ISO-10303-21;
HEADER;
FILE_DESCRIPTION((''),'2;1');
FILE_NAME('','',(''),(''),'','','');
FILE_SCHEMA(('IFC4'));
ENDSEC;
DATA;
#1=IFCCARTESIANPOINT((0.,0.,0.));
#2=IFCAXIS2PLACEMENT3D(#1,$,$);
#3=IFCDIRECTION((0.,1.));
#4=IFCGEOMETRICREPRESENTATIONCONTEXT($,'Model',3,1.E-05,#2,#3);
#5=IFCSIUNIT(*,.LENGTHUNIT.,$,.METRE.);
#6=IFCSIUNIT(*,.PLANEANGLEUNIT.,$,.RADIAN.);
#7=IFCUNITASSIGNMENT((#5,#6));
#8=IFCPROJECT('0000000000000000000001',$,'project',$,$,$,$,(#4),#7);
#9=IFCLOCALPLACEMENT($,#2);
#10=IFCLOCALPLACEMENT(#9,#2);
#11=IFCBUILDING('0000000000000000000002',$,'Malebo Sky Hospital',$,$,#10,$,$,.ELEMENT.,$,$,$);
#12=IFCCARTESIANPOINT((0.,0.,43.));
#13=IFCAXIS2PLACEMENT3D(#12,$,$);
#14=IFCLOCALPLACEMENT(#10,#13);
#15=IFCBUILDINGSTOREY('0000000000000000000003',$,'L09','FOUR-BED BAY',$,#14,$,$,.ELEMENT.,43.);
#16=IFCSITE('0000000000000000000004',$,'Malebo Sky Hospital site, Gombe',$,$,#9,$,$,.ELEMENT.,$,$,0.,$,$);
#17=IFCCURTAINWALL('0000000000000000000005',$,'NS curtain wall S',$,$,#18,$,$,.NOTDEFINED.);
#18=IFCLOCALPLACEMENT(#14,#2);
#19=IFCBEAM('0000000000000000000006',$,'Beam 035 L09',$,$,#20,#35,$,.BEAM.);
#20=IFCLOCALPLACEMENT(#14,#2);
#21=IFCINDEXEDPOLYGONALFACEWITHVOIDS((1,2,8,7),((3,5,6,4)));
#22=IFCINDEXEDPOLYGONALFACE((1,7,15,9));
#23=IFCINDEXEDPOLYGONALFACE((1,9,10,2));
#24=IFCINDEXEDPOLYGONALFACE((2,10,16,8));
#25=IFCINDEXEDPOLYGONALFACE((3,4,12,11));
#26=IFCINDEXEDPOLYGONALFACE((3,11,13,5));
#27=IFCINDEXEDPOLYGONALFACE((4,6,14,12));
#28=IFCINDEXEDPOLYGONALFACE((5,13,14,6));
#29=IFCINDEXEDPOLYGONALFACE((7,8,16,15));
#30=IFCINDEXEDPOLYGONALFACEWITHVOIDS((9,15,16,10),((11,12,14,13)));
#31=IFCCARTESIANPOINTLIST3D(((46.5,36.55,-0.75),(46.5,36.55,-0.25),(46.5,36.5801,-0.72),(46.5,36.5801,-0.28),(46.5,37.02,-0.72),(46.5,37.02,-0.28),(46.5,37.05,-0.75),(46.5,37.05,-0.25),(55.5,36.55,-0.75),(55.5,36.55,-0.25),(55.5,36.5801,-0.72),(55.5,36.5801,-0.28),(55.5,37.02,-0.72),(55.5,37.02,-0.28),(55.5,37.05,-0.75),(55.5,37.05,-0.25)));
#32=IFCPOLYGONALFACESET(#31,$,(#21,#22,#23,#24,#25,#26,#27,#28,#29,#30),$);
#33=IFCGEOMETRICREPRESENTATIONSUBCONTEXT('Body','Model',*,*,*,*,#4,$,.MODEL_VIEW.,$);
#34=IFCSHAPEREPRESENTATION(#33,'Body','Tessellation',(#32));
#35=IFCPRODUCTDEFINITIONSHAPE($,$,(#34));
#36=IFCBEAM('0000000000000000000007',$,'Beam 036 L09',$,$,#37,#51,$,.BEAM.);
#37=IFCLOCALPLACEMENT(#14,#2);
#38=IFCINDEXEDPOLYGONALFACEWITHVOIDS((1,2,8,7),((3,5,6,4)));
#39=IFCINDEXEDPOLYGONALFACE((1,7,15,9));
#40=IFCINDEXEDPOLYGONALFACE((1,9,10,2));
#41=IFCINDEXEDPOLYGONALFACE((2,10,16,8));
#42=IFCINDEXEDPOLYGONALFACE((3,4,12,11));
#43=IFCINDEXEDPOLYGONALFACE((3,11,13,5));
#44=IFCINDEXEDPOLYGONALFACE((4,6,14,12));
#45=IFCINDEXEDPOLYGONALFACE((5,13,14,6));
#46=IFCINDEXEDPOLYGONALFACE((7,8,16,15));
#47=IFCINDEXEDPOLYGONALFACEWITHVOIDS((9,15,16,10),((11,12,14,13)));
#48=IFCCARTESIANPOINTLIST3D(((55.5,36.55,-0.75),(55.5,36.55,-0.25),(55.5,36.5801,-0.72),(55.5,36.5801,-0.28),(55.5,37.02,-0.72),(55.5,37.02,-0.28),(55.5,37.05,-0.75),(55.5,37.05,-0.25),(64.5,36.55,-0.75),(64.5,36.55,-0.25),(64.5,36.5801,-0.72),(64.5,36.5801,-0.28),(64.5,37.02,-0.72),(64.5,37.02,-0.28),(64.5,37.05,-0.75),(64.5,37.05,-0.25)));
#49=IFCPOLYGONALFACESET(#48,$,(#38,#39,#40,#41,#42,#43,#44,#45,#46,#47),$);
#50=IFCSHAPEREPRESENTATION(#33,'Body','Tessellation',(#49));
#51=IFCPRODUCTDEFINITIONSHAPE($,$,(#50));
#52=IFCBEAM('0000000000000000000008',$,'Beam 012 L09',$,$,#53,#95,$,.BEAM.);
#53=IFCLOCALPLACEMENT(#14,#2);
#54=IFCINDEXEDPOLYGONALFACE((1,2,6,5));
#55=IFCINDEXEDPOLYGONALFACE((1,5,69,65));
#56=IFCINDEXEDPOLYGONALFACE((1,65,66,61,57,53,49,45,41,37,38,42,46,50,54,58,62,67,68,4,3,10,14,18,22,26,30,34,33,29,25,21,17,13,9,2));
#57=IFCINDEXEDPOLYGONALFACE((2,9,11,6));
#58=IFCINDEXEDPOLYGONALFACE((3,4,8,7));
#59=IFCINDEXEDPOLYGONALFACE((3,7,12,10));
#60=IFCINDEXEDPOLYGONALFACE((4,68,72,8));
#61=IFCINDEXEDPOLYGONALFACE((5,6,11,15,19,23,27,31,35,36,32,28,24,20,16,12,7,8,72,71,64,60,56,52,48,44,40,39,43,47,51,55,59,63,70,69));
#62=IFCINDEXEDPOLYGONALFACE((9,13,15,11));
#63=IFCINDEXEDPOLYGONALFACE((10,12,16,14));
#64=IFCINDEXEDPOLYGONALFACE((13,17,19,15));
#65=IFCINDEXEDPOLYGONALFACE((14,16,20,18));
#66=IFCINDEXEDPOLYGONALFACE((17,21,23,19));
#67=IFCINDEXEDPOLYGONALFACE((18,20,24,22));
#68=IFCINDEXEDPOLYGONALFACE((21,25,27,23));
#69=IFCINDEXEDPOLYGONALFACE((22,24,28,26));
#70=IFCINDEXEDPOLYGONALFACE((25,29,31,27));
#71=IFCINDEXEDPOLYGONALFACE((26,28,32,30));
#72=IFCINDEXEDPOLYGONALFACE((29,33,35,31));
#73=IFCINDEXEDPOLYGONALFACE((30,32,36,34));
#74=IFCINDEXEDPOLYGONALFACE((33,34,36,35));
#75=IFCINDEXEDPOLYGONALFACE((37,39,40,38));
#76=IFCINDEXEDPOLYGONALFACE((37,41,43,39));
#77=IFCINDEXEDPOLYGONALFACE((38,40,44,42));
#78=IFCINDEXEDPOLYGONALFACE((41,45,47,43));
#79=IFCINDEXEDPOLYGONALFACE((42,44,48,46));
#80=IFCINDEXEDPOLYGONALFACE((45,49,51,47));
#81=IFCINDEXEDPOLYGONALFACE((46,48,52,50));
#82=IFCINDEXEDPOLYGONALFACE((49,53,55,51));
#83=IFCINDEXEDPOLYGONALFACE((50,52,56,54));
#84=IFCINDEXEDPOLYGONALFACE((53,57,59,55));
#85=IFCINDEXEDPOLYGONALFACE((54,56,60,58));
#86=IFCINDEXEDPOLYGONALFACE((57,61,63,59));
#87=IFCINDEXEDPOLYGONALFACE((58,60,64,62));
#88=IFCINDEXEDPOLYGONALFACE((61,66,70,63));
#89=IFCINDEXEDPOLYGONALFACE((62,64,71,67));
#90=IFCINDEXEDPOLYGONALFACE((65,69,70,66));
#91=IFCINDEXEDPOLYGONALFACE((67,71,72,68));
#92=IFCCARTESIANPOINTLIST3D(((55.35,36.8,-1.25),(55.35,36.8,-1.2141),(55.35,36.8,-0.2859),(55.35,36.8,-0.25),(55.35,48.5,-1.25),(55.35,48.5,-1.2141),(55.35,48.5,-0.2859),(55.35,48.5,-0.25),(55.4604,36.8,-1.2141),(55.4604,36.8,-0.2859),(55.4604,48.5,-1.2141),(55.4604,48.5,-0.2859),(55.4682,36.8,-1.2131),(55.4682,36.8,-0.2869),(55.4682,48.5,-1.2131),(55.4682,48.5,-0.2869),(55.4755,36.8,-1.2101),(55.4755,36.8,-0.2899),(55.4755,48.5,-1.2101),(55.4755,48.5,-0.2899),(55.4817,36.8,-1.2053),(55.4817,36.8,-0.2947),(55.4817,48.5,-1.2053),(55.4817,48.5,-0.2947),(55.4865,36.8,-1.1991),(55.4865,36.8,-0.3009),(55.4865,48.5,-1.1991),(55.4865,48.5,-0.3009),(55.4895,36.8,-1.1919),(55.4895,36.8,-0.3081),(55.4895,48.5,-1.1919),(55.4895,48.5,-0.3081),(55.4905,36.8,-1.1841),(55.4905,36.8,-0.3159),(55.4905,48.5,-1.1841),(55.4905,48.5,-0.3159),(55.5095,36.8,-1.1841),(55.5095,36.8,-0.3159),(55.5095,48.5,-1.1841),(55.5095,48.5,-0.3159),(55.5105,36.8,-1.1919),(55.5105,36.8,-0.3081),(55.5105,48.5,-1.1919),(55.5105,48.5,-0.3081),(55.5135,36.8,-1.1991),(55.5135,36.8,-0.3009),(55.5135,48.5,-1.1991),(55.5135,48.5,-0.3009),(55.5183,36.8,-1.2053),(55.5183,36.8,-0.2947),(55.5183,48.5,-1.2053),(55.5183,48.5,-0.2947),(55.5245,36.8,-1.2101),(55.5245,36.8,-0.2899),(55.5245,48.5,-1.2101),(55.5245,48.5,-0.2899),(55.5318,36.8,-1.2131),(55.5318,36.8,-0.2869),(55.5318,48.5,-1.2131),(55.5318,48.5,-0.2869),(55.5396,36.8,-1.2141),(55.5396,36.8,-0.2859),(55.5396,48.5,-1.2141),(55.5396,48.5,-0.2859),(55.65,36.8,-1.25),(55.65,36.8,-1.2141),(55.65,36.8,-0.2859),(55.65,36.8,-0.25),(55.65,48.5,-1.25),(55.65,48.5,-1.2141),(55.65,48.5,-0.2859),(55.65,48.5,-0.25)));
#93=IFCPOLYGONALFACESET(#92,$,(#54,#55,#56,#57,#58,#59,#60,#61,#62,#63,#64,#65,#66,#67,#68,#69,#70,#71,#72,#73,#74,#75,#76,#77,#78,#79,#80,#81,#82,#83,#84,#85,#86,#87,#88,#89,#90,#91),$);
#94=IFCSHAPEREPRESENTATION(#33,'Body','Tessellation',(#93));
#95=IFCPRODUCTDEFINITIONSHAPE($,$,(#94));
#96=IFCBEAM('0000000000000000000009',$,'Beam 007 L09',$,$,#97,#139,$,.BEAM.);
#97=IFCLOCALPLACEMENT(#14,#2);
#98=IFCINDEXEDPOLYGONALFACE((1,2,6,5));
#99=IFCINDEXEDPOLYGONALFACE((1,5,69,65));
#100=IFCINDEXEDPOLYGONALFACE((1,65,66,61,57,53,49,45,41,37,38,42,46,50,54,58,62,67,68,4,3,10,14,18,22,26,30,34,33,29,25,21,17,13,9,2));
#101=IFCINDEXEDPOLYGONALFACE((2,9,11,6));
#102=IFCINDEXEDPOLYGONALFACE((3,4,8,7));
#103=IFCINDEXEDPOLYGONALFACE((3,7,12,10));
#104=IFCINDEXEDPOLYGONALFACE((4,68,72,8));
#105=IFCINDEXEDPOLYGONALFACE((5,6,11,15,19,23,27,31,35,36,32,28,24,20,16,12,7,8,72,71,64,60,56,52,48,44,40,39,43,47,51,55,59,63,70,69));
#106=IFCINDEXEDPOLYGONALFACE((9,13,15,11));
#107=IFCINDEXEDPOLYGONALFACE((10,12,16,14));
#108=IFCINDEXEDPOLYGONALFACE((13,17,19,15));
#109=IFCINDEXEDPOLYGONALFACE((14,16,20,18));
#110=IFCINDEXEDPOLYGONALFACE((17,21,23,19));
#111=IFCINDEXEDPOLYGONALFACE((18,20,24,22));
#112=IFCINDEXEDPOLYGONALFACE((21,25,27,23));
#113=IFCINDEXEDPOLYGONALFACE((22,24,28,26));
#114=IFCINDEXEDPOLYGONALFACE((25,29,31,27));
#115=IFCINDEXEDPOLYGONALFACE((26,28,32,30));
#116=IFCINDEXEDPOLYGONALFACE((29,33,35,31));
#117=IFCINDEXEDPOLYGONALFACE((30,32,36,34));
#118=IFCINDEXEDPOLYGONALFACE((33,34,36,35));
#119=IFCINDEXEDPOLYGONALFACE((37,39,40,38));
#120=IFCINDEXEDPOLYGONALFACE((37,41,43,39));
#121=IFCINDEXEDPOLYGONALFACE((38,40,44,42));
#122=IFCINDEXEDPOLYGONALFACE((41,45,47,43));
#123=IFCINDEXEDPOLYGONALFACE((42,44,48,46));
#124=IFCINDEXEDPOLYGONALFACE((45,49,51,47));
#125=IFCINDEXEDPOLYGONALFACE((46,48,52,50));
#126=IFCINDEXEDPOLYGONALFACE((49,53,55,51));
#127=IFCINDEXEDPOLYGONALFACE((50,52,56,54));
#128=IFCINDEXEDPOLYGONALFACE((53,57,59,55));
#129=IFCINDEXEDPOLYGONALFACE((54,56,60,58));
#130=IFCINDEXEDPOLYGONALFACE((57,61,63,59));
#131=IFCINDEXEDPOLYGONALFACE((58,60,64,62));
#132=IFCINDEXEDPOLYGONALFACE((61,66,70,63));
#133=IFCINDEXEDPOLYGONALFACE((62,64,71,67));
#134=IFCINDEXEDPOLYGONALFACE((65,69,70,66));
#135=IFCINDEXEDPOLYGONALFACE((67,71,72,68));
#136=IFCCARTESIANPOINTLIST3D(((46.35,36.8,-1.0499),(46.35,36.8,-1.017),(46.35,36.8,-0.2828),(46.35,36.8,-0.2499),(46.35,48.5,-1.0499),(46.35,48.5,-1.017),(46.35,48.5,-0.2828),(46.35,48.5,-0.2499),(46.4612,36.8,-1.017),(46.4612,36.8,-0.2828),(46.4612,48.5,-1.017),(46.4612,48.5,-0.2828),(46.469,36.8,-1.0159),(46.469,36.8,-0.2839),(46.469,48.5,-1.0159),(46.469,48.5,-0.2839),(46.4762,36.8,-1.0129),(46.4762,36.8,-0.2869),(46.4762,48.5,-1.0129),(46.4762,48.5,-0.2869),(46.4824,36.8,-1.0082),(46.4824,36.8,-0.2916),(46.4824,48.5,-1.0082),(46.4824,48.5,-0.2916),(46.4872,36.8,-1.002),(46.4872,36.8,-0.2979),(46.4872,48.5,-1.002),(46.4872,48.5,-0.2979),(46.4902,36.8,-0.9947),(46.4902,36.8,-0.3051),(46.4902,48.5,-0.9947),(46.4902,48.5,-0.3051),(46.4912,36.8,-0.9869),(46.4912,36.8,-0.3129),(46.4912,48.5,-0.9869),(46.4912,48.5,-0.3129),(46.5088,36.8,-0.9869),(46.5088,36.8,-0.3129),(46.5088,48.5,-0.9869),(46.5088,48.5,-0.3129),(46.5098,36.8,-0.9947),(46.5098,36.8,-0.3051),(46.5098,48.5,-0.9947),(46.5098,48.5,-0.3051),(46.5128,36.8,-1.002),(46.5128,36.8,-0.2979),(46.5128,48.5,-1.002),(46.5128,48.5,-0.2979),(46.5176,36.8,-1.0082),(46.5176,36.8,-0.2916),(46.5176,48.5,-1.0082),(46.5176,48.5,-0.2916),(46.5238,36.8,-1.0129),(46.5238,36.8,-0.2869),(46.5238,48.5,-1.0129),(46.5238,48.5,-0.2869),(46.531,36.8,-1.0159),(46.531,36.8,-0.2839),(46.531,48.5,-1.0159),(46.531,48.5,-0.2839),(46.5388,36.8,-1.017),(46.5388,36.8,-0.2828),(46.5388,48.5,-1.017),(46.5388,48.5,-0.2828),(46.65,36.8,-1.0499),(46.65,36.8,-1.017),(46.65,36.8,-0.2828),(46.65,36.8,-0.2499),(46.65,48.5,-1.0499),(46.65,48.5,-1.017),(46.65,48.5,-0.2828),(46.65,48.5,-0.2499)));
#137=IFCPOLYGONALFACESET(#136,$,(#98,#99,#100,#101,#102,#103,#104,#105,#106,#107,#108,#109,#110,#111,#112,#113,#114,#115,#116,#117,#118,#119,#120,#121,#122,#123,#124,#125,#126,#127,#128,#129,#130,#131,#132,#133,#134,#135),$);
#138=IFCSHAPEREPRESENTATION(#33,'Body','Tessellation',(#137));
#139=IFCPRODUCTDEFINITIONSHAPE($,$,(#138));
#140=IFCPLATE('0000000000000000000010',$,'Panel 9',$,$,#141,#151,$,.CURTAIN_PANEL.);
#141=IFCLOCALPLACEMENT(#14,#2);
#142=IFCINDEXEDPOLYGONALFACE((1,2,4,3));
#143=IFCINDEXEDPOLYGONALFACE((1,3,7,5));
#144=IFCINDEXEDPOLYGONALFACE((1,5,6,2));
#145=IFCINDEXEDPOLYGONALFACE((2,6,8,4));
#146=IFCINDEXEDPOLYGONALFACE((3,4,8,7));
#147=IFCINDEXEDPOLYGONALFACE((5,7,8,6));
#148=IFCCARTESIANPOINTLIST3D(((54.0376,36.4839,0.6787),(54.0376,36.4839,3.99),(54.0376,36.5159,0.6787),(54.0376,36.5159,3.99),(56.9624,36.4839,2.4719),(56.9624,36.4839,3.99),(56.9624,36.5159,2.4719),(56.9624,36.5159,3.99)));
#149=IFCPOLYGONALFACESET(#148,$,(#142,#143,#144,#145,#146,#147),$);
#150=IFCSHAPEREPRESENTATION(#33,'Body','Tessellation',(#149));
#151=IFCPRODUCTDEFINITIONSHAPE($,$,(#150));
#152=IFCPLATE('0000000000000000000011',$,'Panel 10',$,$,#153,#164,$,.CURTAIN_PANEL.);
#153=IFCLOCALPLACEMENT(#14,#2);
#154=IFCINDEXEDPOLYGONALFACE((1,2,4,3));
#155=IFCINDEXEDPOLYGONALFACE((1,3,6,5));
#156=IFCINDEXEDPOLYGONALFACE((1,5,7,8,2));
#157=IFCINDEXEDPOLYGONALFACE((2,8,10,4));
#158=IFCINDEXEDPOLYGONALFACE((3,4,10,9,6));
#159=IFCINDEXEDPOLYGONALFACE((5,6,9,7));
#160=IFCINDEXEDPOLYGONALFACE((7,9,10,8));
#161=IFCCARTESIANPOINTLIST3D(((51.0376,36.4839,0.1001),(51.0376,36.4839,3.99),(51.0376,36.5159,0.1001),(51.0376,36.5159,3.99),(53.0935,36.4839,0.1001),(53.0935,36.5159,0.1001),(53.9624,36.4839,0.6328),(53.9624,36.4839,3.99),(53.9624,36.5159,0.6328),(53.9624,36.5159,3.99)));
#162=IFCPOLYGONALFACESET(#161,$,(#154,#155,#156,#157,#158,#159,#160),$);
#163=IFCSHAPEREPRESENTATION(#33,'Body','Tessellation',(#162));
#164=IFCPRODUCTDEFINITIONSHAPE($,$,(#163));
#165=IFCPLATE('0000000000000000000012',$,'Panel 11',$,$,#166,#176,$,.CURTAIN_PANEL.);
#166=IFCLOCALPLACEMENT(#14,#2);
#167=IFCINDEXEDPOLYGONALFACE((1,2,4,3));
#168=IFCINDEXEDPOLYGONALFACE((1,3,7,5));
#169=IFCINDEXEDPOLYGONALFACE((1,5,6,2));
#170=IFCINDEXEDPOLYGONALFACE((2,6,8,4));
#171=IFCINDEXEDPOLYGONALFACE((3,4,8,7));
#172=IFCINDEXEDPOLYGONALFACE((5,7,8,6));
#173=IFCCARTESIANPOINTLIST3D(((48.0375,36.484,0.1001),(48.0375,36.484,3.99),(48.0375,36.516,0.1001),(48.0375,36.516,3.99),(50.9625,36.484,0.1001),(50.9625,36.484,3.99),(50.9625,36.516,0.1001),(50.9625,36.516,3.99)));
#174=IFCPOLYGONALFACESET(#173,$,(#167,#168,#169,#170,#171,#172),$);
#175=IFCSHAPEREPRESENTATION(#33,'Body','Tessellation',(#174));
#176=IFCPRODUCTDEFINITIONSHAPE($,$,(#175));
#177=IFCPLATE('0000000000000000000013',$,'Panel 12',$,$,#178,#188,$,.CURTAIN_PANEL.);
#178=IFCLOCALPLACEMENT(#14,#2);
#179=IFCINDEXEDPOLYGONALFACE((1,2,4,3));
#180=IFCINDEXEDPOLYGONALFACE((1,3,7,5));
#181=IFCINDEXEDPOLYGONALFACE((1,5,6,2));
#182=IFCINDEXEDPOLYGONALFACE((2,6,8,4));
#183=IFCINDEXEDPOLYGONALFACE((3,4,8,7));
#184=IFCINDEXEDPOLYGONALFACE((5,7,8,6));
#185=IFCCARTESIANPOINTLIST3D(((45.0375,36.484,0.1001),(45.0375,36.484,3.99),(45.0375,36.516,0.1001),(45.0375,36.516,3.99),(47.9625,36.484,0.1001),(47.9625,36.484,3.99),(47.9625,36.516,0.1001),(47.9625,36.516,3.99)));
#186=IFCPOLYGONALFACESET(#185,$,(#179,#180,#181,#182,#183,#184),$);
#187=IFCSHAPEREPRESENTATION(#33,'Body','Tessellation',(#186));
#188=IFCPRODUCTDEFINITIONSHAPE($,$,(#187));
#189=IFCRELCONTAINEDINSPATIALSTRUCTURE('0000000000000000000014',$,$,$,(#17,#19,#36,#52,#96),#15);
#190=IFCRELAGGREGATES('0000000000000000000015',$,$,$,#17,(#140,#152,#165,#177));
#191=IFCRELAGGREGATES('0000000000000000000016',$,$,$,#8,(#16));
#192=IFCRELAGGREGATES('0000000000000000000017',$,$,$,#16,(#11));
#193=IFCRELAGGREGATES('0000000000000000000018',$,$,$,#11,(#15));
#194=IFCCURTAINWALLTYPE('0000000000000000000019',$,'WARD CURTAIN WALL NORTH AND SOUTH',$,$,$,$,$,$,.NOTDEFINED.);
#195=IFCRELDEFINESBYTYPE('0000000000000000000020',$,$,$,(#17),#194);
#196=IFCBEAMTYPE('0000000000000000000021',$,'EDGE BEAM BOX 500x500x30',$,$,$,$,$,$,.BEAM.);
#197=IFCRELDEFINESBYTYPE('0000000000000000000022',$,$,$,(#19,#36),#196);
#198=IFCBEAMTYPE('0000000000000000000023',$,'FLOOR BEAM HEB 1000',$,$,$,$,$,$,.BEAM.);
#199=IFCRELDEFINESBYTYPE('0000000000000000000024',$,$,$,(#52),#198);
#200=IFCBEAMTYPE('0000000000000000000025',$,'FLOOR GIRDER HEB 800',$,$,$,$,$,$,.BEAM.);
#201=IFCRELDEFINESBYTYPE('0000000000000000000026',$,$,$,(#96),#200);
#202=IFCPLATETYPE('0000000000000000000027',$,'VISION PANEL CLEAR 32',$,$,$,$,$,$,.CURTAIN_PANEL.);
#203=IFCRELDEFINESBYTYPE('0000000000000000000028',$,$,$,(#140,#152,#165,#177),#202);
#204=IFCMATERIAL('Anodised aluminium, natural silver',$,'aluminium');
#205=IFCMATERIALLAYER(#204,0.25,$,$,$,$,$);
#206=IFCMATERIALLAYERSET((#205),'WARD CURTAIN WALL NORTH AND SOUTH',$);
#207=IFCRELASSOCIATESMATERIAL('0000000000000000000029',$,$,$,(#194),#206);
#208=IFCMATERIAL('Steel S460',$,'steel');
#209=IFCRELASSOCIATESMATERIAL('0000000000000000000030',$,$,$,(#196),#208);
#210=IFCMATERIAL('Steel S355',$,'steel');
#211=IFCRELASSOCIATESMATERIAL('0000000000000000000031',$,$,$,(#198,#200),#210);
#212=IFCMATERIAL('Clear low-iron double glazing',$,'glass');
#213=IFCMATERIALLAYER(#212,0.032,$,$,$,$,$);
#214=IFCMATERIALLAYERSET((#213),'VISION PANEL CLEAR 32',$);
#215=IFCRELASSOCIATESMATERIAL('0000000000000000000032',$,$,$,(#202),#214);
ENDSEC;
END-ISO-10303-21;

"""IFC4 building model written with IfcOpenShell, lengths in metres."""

from ifc_helpers import new_model, si_unit, direction, frame, origin, origin_2d, place, context, subcontext, project, spatial, polyline, rectangle, hollow_rectangle, i_section, outline, extrude, material, layer, layer_set, material_profile, profile_set, type_object, element, aggregate, save


model = new_model("IFC4")

# Units and contexts
model_context = context("Model", 3, precision=1e-05, world=origin(), true_north=direction((0.0, 1.0)))
body_context = subcontext(model_context, "Body", "Model", "MODEL_VIEW")
ifc_project = project(units=[si_unit("LENGTHUNIT", "METRE"), si_unit("PLANEANGLEUNIT", "RADIAN")], contexts=[model_context])

# Site, building, storey
site_placement = place(None, origin())
site = spatial("IfcSite", under=ifc_project, at=site_placement, Name="Malebo Sky Hospital site, Gombe", CompositionType="ELEMENT", RefElevation=0.0)
building_placement = place(site_placement, origin())
building = spatial("IfcBuilding", under=site, at=building_placement, Name="Malebo Sky Hospital", CompositionType="ELEMENT")
storey_placement = place(building_placement, frame((0.0, 0.0, 43.0)))
storey = spatial("IfcBuildingStorey", under=building, at=storey_placement, Name="L09", Description="FOUR-BED BAY", CompositionType="ELEMENT", Elevation=43.0)

# Shared definitions
ifc_material_1 = material(Name="Steel S460", Category="steel")

# Curtain wall
ifc_material_2 = material(Name="Anodised aluminium, natural silver", Category="aluminium")
ifc_layer_1 = layer(ifc_material_2, 0.25)
ifc_layer_set_1 = layer_set([ifc_layer_1], Name="WARD CURTAIN WALL NORTH AND SOUTH")
curtain_wall_type = type_object("IfcCurtainWallType", Name="WARD CURTAIN WALL NORTH AND SOUTH", PredefinedType="NOTDEFINED", material=ifc_layer_set_1)
curtain_wall_placement = place(storey_placement, origin())
curtain_wall = element("IfcCurtainWall", 1, at=curtain_wall_placement, inside=storey, type_object=curtain_wall_type, Name="NS curtain wall S", PredefinedType="NOTDEFINED")

# Shared definitions
ifc_material_3 = material(Name="Steel S355", Category="steel")

# Beams
ifc_material_profile_1 = material_profile(ifc_material_1, hollow_rectangle(XDim=0.5, YDim=0.5, WallThickness=0.03, at=origin_2d()), Name="BOX 500x500x30")
ifc_profile_set_1 = profile_set([ifc_material_profile_1], Name="Steel S460")
beam_type_1 = type_object("IfcBeamType", Name="EDGE BEAM BOX 500x500x30", PredefinedType="BEAM", material=ifc_profile_set_1)
for number, where, z_axis, x_axis, name in (
    (2, (46.5, 36.8, -0.5), (1.0, 0.0, 0.0), (0.0, 1.0, 0.0), "Beam 035 L09"),
    (3, (55.5, 36.8, -0.5), (1.0, 0.0, 0.0), (0.0, 1.0, 0.0), "Beam 036 L09"),
):
    element("IfcBeam", number, at=place(storey_placement, frame(where, z_axis=z_axis, x_axis=x_axis)), inside=storey, type_object=beam_type_1, Name=name, PredefinedType="BEAM", context=body_context, shape_type="SweptSolid", body=[
        extrude(hollow_rectangle(XDim=0.5, YDim=0.5, WallThickness=0.03, at=origin_2d()), origin(), (0.0, 0.0, 1.0), 9.0),
    ])
ifc_material_profile_2 = material_profile(ifc_material_3, i_section(OverallWidth=0.3, OverallDepth=1.0, WebThickness=0.019, FlangeThickness=0.0359, FilletRadius=0.03, at=origin_2d()), Name="HEB 1000")
ifc_profile_set_2 = profile_set([ifc_material_profile_2], Name="Steel S355")
beam_type_2 = type_object("IfcBeamType", Name="FLOOR BEAM HEB 1000", PredefinedType="BEAM", material=ifc_profile_set_2)
beam_1_placement = place(storey_placement, frame((55.5, 36.8, -0.75), z_axis=(0.0, 1.0, 0.0), x_axis=(-1.0, 0.0, 0.0)))
element("IfcBeam", 4, at=beam_1_placement, inside=storey, type_object=beam_type_2, Name="Beam 012 L09", PredefinedType="BEAM", context=body_context, shape_type="SweptSolid", body=[
    extrude(i_section(OverallWidth=0.3, OverallDepth=1.0, WebThickness=0.019, FlangeThickness=0.0359, FilletRadius=0.03, at=origin_2d()), origin(), (0.0, 0.0, 1.0), 11.7),
])
ifc_material_profile_3 = material_profile(ifc_material_3, i_section(OverallWidth=0.3, OverallDepth=0.8, WebThickness=0.0176, FlangeThickness=0.033, FilletRadius=0.03, at=origin_2d()), Name="HEB 800")
ifc_profile_set_3 = profile_set([ifc_material_profile_3], Name="Steel S355")
beam_type_3 = type_object("IfcBeamType", Name="FLOOR GIRDER HEB 800", PredefinedType="BEAM", material=ifc_profile_set_3)
beam_2_placement = place(storey_placement, frame((46.5, 36.8, -0.6499), z_axis=(0.0, 1.0, 0.0), x_axis=(-1.0, 0.0, 0.0)))
element("IfcBeam", 5, at=beam_2_placement, inside=storey, type_object=beam_type_3, Name="Beam 007 L09", PredefinedType="BEAM", context=body_context, shape_type="SweptSolid", body=[
    extrude(i_section(OverallWidth=0.3, OverallDepth=0.8, WebThickness=0.0176, FlangeThickness=0.033, FilletRadius=0.03, at=origin_2d()), origin(), (0.0, 0.0, 1.0), 11.7),
])

# Plates
ifc_material_4 = material(Name="Clear low-iron double glazing", Category="glass")
ifc_layer_2 = layer(ifc_material_4, 0.032)
ifc_layer_set_2 = layer_set([ifc_layer_2], Name="VISION PANEL CLEAR 32")
plate_type = type_object("IfcPlateType", Name="VISION PANEL CLEAR 32", PredefinedType="CURTAIN_PANEL", material=ifc_layer_set_2)
plate_1_placement = place(storey_placement, frame((55.5, 36.5, 0.6787), z_axis=(0.0, 0.0, 1.0), x_axis=(-1.0, 0.0, 0.0)))
plate_1 = element("IfcPlate", 6, at=plate_1_placement, type_object=plate_type, Name="Panel 9", PredefinedType="CURTAIN_PANEL", context=body_context, shape_type="SweptSolid", body=[
    extrude(outline(polyline([(1.4624, 0.0), (1.4624, 3.3113), (-1.4624, 3.3113), (-1.4624, 1.7932), (1.4624, 0.0)])), frame((0.0, 0.0161, 0.0), z_axis=(0.0, -1.0, 0.0), x_axis=(1.0, 0.0, 0.0)), (0.0, 0.0, 1.0), 0.032),
])
plate_2_placement = place(storey_placement, frame((52.5, 36.5, 0.1001), z_axis=(0.0, 0.0, 1.0), x_axis=(-1.0, 0.0, 0.0)))
plate_2 = element("IfcPlate", 7, at=plate_2_placement, type_object=plate_type, Name="Panel 10", PredefinedType="CURTAIN_PANEL", context=body_context, shape_type="SweptSolid", body=[
    extrude(outline(polyline([(-0.5935, 0.0), (1.4624, 0.0), (1.4624, 3.8899), (-1.4624, 3.8899), (-1.4624, 0.5327), (-0.5935, 0.0)])), frame((0.0, 0.0161, 0.0), z_axis=(0.0, -1.0, 0.0), x_axis=(1.0, 0.0, 0.0)), (0.0, 0.0, 1.0), 0.032),
])
plate_3_placement = place(storey_placement, frame((49.5, 36.5, 0.1001), z_axis=(0.0, 0.0, 1.0), x_axis=(-1.0, 0.0, 0.0)))
plate_3 = element("IfcPlate", 8, at=plate_3_placement, type_object=plate_type, Name="Panel 11", PredefinedType="CURTAIN_PANEL", context=body_context, shape_type="SweptSolid", body=[
    extrude(rectangle(XDim=2.925, YDim=0.032, at=origin_2d()), origin(), (0.0, 0.0, 1.0), 3.8899),
])
plate_4_placement = place(storey_placement, frame((46.5, 36.5, 0.1001), z_axis=(0.0, 0.0, 1.0), x_axis=(-1.0, 0.0, 0.0)))
plate_4 = element("IfcPlate", 9, at=plate_4_placement, type_object=plate_type, Name="Panel 12", PredefinedType="CURTAIN_PANEL", context=body_context, shape_type="SweptSolid", body=[
    extrude(rectangle(XDim=2.925, YDim=0.032, at=origin_2d()), origin(), (0.0, 0.0, 1.0), 3.8899),
])
aggregate(curtain_wall, [plate_1, plate_2, plate_3, plate_4])

save(model, "model.ifc")
